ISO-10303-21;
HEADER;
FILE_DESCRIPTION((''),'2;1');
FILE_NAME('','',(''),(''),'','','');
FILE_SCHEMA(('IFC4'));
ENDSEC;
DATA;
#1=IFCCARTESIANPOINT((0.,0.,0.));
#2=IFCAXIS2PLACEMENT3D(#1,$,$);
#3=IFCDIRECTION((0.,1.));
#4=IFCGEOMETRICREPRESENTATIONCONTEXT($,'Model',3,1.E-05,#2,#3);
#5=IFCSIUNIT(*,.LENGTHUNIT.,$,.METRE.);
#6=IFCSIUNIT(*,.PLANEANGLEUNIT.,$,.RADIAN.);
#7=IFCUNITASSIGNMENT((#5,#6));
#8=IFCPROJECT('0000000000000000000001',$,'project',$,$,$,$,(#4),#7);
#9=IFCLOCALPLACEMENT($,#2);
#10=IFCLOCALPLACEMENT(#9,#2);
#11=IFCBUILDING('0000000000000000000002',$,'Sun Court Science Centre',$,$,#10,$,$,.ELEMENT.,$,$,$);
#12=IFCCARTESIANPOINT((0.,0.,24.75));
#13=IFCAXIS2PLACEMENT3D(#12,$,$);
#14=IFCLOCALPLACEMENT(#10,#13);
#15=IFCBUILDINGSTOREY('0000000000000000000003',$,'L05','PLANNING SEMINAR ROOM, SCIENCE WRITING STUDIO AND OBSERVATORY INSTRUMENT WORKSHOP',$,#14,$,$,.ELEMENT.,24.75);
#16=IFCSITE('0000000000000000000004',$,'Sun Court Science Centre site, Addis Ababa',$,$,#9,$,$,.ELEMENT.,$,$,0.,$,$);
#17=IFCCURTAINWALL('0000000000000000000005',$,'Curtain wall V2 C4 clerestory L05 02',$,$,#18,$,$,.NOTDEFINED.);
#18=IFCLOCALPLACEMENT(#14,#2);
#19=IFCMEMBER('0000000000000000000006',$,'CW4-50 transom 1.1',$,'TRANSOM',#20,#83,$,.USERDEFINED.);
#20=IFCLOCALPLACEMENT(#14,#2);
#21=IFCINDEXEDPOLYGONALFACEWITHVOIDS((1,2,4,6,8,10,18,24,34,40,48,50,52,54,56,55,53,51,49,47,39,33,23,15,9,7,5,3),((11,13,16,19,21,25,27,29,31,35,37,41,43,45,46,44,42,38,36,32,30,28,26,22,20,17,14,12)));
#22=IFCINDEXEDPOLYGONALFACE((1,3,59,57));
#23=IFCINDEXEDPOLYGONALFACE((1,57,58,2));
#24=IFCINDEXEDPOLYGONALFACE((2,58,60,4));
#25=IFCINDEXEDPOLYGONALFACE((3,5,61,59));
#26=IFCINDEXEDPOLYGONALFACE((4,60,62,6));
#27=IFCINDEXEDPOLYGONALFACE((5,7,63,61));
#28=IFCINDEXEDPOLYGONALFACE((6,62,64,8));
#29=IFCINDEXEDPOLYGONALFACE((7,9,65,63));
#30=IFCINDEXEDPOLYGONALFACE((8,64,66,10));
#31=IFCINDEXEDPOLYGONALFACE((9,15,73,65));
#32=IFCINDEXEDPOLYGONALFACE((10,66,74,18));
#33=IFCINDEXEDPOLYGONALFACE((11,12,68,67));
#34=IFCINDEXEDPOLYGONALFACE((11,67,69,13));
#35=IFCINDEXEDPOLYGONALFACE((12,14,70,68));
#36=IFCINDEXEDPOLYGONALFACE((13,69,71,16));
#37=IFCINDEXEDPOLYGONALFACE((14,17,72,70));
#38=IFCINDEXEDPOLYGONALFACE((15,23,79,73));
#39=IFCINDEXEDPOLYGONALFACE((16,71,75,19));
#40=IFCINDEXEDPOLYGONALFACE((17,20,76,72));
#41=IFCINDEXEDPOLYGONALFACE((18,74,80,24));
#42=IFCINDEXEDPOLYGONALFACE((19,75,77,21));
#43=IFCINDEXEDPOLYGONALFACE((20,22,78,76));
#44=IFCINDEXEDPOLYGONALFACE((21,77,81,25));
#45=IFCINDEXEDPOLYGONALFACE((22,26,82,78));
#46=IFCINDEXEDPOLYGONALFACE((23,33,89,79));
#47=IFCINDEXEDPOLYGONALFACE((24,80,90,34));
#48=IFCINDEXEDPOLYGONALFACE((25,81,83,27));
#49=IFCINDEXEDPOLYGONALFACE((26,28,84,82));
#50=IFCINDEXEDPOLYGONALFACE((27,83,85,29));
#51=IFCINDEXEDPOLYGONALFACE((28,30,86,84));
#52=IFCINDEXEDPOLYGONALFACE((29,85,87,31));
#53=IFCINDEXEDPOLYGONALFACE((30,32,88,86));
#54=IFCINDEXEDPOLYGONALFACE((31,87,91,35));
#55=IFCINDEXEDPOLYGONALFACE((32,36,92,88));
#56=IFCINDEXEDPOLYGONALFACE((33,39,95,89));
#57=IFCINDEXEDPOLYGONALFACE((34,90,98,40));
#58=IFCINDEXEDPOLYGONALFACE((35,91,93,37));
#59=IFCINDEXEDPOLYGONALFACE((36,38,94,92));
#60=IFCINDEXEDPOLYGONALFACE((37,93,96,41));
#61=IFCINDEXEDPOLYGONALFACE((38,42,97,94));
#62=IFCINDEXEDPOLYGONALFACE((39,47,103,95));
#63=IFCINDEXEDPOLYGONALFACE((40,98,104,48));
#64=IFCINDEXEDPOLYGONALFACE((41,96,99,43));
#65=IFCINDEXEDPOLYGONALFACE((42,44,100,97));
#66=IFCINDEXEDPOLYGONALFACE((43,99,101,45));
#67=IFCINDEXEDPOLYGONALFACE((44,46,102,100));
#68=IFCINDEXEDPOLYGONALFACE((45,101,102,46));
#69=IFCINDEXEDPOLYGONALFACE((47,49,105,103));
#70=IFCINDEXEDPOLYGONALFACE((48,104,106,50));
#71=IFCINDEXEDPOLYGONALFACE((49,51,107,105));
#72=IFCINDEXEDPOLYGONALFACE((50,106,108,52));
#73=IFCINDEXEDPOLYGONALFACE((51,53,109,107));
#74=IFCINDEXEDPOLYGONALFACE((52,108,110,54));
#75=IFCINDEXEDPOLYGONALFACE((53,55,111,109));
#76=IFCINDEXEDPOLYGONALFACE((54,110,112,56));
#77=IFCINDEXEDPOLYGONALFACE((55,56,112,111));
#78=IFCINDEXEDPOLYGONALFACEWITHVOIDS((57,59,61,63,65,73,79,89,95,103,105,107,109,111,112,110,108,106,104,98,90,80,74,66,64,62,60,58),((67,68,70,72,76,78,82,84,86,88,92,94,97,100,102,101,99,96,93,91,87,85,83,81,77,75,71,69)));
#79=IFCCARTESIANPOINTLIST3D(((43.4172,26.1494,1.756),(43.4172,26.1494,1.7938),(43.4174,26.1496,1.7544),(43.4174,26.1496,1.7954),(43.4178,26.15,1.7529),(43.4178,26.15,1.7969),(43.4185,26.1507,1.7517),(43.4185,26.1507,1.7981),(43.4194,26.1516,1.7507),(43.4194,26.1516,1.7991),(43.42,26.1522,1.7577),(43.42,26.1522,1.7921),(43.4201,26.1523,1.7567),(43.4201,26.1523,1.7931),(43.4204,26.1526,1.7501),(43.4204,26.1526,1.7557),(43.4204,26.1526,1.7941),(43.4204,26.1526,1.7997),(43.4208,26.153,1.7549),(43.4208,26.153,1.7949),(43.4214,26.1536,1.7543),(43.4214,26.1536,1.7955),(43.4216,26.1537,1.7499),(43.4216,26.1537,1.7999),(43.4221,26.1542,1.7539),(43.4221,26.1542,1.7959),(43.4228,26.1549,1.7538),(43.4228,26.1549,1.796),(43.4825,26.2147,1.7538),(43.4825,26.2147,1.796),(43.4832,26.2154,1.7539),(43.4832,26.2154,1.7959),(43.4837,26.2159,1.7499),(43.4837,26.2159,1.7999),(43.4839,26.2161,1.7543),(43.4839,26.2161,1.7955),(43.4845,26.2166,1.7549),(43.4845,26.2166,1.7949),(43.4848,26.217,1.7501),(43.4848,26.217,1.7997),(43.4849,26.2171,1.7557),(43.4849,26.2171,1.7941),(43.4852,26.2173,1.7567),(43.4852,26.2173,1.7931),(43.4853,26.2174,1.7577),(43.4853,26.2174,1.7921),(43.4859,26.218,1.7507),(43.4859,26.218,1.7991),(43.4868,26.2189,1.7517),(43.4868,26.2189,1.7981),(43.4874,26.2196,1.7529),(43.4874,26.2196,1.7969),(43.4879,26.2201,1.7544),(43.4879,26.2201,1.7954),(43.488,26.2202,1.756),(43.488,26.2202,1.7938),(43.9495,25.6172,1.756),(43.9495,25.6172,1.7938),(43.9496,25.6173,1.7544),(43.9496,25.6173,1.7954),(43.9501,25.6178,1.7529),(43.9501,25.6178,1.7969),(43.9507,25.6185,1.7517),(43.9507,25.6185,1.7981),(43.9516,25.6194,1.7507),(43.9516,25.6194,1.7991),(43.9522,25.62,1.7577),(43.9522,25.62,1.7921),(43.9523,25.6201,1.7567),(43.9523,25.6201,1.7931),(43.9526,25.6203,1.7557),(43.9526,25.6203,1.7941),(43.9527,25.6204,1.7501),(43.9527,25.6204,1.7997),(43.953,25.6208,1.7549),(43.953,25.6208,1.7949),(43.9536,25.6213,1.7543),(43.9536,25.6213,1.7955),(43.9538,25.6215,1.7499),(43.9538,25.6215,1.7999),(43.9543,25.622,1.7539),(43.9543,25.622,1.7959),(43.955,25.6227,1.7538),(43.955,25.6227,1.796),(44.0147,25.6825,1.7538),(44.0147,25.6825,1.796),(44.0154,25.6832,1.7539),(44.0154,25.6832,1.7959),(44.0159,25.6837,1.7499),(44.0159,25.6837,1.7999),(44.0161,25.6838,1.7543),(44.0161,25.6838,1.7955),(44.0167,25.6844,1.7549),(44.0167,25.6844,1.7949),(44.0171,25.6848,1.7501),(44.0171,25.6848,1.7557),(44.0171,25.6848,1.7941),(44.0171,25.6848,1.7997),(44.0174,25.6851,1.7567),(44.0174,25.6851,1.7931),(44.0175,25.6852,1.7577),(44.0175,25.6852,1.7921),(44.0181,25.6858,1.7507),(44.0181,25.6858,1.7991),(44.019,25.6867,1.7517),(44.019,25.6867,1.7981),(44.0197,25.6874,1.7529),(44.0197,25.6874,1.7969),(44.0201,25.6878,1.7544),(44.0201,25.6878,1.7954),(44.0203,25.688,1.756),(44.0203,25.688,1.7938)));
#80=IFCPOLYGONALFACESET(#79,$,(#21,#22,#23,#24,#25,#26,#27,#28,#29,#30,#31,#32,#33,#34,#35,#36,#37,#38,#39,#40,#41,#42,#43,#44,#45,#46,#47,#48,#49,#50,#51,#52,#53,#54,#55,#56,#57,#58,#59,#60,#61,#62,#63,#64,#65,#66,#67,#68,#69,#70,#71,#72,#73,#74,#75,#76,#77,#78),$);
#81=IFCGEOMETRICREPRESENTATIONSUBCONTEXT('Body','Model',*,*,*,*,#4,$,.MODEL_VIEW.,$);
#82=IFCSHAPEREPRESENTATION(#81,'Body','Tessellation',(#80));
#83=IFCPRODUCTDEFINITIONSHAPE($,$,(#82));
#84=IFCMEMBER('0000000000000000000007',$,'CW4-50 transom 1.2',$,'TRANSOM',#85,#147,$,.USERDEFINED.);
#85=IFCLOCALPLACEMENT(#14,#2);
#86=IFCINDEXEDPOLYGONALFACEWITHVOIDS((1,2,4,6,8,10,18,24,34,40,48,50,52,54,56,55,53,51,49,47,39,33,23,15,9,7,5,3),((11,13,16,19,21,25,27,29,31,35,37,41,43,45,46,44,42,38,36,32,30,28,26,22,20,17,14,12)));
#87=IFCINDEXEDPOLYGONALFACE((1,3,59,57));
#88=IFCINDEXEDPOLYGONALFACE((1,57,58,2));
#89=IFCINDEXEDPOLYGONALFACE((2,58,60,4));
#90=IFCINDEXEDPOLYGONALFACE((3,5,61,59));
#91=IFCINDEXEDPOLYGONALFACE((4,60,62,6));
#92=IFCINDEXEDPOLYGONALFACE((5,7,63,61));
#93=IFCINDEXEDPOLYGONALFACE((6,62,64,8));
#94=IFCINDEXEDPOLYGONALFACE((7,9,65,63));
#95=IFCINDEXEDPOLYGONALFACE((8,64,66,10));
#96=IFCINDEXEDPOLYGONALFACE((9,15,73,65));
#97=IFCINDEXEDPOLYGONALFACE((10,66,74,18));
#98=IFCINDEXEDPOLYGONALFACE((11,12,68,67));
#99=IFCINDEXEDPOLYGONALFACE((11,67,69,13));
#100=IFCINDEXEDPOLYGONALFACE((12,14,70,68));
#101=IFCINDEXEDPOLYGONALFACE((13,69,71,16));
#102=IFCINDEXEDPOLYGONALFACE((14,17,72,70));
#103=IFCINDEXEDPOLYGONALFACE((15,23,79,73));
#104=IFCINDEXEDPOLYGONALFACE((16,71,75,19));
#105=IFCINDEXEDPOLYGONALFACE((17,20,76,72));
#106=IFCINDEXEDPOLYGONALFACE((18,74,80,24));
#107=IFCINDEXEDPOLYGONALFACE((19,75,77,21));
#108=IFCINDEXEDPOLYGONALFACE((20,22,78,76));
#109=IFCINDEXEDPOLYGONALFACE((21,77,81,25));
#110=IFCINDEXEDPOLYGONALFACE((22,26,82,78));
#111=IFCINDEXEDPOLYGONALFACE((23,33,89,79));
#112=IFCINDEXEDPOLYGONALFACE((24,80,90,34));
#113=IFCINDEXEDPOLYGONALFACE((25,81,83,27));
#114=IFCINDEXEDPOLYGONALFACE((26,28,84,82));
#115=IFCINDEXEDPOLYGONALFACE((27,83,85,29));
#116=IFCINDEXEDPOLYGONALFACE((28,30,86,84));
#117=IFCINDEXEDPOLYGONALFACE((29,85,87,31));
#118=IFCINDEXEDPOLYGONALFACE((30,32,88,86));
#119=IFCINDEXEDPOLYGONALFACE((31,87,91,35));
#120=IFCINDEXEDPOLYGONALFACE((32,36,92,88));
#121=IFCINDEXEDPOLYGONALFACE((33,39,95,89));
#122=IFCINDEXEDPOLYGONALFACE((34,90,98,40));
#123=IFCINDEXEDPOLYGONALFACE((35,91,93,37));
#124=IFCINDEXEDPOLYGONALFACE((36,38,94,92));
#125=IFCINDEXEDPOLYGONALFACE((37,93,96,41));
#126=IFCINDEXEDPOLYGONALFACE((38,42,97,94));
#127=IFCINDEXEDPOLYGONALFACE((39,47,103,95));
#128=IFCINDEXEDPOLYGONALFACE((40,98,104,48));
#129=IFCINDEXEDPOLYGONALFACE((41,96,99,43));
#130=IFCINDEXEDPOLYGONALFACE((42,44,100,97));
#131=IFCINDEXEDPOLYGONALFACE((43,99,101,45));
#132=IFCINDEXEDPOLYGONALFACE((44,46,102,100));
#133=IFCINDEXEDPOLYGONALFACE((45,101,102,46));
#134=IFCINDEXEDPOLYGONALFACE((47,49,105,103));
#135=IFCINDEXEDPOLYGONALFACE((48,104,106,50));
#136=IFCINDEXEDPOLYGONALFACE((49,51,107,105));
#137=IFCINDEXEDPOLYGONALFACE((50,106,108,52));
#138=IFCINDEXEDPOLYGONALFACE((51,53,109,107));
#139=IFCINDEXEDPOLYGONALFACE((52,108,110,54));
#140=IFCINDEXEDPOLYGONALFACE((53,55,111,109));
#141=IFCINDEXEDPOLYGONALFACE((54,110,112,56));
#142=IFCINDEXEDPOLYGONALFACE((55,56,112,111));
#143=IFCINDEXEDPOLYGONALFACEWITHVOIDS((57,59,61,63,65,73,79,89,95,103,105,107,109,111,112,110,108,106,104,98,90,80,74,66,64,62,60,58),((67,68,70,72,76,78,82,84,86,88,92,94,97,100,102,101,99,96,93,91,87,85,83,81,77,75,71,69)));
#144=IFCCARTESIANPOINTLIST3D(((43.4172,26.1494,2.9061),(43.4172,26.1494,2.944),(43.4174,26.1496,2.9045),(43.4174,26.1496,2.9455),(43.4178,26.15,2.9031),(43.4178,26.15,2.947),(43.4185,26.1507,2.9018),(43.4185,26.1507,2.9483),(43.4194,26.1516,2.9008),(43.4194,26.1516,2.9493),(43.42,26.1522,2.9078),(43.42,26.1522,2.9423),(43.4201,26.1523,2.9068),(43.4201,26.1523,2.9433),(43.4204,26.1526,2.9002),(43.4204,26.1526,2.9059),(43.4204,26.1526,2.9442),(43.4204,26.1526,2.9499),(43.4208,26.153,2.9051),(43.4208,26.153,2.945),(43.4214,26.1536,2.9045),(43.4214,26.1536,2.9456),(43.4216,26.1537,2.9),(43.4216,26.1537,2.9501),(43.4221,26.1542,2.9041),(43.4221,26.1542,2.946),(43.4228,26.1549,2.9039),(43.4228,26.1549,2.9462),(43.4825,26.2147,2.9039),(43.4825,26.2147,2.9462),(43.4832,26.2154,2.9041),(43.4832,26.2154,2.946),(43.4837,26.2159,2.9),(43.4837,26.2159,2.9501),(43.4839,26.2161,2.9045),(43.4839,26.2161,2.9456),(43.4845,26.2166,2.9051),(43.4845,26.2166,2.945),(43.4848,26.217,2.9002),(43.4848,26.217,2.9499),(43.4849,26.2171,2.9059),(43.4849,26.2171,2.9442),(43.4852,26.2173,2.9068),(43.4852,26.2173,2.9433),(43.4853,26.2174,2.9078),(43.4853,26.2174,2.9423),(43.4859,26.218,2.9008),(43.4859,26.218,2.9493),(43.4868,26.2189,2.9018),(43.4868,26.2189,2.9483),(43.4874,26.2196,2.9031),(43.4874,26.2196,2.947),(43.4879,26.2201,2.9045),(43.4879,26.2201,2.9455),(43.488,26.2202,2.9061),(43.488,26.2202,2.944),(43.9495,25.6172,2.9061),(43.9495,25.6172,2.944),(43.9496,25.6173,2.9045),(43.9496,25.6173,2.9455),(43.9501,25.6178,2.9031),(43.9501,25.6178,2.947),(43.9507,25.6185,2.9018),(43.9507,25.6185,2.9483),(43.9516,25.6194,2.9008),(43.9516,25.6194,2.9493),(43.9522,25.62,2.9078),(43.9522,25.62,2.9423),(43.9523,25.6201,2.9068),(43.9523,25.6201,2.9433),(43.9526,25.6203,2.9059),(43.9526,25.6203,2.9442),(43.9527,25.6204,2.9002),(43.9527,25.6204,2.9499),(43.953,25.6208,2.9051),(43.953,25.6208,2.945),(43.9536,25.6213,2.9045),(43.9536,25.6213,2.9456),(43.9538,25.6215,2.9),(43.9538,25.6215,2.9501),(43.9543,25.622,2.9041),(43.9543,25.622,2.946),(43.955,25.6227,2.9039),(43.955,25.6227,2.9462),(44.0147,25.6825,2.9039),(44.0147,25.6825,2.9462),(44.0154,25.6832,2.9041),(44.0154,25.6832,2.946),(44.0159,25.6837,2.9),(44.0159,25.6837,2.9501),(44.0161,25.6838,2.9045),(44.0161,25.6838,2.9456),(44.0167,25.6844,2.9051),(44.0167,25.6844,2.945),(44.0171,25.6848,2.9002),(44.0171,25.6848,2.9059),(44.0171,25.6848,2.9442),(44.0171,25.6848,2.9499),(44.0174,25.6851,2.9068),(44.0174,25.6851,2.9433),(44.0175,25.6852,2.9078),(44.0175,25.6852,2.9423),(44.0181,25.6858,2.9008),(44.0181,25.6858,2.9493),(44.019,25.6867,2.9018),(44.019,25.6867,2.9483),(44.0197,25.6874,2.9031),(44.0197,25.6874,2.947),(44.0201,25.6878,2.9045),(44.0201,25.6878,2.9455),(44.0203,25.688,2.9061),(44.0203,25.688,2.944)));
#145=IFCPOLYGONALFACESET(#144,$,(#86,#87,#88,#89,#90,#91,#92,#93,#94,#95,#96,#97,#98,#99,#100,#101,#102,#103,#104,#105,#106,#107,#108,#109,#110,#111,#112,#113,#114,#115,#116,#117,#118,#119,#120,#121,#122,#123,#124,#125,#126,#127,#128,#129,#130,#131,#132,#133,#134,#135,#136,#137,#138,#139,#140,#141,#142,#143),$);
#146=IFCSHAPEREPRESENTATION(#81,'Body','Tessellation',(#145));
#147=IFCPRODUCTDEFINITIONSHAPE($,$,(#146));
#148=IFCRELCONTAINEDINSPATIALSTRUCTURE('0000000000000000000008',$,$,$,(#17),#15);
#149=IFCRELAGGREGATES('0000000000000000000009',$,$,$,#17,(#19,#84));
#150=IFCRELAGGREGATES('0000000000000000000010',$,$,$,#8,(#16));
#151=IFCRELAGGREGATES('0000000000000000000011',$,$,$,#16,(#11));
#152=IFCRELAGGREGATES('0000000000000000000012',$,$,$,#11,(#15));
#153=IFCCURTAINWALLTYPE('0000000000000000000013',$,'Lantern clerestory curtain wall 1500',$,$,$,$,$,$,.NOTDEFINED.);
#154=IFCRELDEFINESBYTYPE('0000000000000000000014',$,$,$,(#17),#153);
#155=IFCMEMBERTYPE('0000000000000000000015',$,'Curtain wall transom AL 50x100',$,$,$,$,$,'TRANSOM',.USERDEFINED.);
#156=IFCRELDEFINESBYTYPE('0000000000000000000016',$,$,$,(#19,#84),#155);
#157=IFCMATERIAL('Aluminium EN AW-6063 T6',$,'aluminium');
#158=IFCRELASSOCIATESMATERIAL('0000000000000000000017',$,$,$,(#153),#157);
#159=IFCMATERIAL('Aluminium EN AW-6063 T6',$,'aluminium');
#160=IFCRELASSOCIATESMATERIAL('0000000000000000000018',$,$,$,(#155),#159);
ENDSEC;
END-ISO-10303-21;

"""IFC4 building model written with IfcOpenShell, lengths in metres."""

from ifc_helpers import new_model, si_unit, direction, frame, origin, origin_2d, place, context, subcontext, project, spatial, hollow_rectangle, extrude, material, material_profile, profile_set, type_object, element, aggregate, save


model = new_model("IFC4")

# Units and contexts
model_context = context("Model", 3, precision=1e-05, world=origin(), true_north=direction((0.0, 1.0)))
body_context = subcontext(model_context, "Body", "Model", "MODEL_VIEW")
ifc_project = project(units=[si_unit("LENGTHUNIT", "METRE"), si_unit("PLANEANGLEUNIT", "RADIAN")], contexts=[model_context])

# Site, building, storey
site_placement = place(None, origin())
site = spatial("IfcSite", under=ifc_project, at=site_placement, Name="Sun Court Science Centre site, Addis Ababa", CompositionType="ELEMENT", RefElevation=0.0)
building_placement = place(site_placement, origin())
building = spatial("IfcBuilding", under=site, at=building_placement, Name="Sun Court Science Centre", CompositionType="ELEMENT")
storey_placement = place(building_placement, frame((0.0, 0.0, 24.75)))
storey = spatial("IfcBuildingStorey", under=building, at=storey_placement, Name="L05", Description="PLANNING SEMINAR ROOM, SCIENCE WRITING STUDIO AND OBSERVATORY INSTRUMENT WORKSHOP", CompositionType="ELEMENT", Elevation=24.75)

# Curtain wall
ifc_material_1 = material(Name="Aluminium EN AW-6063 T6", Category="aluminium")
curtain_wall_type = type_object("IfcCurtainWallType", Name="Lantern clerestory curtain wall 1500", PredefinedType="NOTDEFINED", material=ifc_material_1)
curtain_wall_1_placement = place(storey_placement, origin())
curtain_wall_1 = element("IfcCurtainWall", 1, at=curtain_wall_1_placement, inside=storey, type_object=curtain_wall_type, Name="Curtain wall V2 C4 clerestory L05 02", PredefinedType="NOTDEFINED")

# Members
ifc_material_2 = material(Name="Aluminium EN AW-6063 T6", Category="aluminium")
ifc_material_profile_1 = material_profile(ifc_material_2, hollow_rectangle(XDim=0.05, YDim=0.1001, WallThickness=0.0039, InnerFilletRadius=0.0039, OuterFilletRadius=0.0061, at=origin_2d()), Name="AL 50x100x4")
ifc_profile_set_1 = profile_set([ifc_material_profile_1], Name="Aluminium EN AW-6063 T6")
member_type_1 = type_object("IfcMemberType", Name="Curtain wall transom AL 50x100", ElementType="TRANSOM", PredefinedType="USERDEFINED", material=ifc_profile_set_1)
member_1_placement = place(storey_placement, frame((43.4526, 26.1848, 1.7749), z_axis=(0.707107, -0.707107, 0.0), x_axis=(0.0, 0.0, 1.0)))
member_1 = element("IfcMember", 2, at=member_1_placement, type_object=member_type_1, Name="CW4-50 transom 1.1", ObjectType="TRANSOM", PredefinedType="USERDEFINED", context=body_context, shape_type="SweptSolid", body=[
    extrude(hollow_rectangle(XDim=0.05, YDim=0.1001, WallThickness=0.0039, InnerFilletRadius=0.0039, OuterFilletRadius=0.0061, at=origin_2d()), origin(), (0.0, 0.0, 1.0), 0.7527),
])
member_2_placement = place(storey_placement, frame((43.4526, 26.1848, 2.925), z_axis=(0.707107, -0.707107, 0.0), x_axis=(0.0, 0.0, 1.0)))
member_2 = element("IfcMember", 3, at=member_2_placement, type_object=member_type_1, Name="CW4-50 transom 1.2", ObjectType="TRANSOM", PredefinedType="USERDEFINED", context=body_context, shape_type="SweptSolid", body=[
    extrude(hollow_rectangle(XDim=0.05, YDim=0.1001, WallThickness=0.0039, InnerFilletRadius=0.0039, OuterFilletRadius=0.0061, at=origin_2d()), origin(), (0.0, 0.0, 1.0), 0.7527),
])

aggregate(curtain_wall_1, [member_1, member_2])

save(model, "model.ifc")
